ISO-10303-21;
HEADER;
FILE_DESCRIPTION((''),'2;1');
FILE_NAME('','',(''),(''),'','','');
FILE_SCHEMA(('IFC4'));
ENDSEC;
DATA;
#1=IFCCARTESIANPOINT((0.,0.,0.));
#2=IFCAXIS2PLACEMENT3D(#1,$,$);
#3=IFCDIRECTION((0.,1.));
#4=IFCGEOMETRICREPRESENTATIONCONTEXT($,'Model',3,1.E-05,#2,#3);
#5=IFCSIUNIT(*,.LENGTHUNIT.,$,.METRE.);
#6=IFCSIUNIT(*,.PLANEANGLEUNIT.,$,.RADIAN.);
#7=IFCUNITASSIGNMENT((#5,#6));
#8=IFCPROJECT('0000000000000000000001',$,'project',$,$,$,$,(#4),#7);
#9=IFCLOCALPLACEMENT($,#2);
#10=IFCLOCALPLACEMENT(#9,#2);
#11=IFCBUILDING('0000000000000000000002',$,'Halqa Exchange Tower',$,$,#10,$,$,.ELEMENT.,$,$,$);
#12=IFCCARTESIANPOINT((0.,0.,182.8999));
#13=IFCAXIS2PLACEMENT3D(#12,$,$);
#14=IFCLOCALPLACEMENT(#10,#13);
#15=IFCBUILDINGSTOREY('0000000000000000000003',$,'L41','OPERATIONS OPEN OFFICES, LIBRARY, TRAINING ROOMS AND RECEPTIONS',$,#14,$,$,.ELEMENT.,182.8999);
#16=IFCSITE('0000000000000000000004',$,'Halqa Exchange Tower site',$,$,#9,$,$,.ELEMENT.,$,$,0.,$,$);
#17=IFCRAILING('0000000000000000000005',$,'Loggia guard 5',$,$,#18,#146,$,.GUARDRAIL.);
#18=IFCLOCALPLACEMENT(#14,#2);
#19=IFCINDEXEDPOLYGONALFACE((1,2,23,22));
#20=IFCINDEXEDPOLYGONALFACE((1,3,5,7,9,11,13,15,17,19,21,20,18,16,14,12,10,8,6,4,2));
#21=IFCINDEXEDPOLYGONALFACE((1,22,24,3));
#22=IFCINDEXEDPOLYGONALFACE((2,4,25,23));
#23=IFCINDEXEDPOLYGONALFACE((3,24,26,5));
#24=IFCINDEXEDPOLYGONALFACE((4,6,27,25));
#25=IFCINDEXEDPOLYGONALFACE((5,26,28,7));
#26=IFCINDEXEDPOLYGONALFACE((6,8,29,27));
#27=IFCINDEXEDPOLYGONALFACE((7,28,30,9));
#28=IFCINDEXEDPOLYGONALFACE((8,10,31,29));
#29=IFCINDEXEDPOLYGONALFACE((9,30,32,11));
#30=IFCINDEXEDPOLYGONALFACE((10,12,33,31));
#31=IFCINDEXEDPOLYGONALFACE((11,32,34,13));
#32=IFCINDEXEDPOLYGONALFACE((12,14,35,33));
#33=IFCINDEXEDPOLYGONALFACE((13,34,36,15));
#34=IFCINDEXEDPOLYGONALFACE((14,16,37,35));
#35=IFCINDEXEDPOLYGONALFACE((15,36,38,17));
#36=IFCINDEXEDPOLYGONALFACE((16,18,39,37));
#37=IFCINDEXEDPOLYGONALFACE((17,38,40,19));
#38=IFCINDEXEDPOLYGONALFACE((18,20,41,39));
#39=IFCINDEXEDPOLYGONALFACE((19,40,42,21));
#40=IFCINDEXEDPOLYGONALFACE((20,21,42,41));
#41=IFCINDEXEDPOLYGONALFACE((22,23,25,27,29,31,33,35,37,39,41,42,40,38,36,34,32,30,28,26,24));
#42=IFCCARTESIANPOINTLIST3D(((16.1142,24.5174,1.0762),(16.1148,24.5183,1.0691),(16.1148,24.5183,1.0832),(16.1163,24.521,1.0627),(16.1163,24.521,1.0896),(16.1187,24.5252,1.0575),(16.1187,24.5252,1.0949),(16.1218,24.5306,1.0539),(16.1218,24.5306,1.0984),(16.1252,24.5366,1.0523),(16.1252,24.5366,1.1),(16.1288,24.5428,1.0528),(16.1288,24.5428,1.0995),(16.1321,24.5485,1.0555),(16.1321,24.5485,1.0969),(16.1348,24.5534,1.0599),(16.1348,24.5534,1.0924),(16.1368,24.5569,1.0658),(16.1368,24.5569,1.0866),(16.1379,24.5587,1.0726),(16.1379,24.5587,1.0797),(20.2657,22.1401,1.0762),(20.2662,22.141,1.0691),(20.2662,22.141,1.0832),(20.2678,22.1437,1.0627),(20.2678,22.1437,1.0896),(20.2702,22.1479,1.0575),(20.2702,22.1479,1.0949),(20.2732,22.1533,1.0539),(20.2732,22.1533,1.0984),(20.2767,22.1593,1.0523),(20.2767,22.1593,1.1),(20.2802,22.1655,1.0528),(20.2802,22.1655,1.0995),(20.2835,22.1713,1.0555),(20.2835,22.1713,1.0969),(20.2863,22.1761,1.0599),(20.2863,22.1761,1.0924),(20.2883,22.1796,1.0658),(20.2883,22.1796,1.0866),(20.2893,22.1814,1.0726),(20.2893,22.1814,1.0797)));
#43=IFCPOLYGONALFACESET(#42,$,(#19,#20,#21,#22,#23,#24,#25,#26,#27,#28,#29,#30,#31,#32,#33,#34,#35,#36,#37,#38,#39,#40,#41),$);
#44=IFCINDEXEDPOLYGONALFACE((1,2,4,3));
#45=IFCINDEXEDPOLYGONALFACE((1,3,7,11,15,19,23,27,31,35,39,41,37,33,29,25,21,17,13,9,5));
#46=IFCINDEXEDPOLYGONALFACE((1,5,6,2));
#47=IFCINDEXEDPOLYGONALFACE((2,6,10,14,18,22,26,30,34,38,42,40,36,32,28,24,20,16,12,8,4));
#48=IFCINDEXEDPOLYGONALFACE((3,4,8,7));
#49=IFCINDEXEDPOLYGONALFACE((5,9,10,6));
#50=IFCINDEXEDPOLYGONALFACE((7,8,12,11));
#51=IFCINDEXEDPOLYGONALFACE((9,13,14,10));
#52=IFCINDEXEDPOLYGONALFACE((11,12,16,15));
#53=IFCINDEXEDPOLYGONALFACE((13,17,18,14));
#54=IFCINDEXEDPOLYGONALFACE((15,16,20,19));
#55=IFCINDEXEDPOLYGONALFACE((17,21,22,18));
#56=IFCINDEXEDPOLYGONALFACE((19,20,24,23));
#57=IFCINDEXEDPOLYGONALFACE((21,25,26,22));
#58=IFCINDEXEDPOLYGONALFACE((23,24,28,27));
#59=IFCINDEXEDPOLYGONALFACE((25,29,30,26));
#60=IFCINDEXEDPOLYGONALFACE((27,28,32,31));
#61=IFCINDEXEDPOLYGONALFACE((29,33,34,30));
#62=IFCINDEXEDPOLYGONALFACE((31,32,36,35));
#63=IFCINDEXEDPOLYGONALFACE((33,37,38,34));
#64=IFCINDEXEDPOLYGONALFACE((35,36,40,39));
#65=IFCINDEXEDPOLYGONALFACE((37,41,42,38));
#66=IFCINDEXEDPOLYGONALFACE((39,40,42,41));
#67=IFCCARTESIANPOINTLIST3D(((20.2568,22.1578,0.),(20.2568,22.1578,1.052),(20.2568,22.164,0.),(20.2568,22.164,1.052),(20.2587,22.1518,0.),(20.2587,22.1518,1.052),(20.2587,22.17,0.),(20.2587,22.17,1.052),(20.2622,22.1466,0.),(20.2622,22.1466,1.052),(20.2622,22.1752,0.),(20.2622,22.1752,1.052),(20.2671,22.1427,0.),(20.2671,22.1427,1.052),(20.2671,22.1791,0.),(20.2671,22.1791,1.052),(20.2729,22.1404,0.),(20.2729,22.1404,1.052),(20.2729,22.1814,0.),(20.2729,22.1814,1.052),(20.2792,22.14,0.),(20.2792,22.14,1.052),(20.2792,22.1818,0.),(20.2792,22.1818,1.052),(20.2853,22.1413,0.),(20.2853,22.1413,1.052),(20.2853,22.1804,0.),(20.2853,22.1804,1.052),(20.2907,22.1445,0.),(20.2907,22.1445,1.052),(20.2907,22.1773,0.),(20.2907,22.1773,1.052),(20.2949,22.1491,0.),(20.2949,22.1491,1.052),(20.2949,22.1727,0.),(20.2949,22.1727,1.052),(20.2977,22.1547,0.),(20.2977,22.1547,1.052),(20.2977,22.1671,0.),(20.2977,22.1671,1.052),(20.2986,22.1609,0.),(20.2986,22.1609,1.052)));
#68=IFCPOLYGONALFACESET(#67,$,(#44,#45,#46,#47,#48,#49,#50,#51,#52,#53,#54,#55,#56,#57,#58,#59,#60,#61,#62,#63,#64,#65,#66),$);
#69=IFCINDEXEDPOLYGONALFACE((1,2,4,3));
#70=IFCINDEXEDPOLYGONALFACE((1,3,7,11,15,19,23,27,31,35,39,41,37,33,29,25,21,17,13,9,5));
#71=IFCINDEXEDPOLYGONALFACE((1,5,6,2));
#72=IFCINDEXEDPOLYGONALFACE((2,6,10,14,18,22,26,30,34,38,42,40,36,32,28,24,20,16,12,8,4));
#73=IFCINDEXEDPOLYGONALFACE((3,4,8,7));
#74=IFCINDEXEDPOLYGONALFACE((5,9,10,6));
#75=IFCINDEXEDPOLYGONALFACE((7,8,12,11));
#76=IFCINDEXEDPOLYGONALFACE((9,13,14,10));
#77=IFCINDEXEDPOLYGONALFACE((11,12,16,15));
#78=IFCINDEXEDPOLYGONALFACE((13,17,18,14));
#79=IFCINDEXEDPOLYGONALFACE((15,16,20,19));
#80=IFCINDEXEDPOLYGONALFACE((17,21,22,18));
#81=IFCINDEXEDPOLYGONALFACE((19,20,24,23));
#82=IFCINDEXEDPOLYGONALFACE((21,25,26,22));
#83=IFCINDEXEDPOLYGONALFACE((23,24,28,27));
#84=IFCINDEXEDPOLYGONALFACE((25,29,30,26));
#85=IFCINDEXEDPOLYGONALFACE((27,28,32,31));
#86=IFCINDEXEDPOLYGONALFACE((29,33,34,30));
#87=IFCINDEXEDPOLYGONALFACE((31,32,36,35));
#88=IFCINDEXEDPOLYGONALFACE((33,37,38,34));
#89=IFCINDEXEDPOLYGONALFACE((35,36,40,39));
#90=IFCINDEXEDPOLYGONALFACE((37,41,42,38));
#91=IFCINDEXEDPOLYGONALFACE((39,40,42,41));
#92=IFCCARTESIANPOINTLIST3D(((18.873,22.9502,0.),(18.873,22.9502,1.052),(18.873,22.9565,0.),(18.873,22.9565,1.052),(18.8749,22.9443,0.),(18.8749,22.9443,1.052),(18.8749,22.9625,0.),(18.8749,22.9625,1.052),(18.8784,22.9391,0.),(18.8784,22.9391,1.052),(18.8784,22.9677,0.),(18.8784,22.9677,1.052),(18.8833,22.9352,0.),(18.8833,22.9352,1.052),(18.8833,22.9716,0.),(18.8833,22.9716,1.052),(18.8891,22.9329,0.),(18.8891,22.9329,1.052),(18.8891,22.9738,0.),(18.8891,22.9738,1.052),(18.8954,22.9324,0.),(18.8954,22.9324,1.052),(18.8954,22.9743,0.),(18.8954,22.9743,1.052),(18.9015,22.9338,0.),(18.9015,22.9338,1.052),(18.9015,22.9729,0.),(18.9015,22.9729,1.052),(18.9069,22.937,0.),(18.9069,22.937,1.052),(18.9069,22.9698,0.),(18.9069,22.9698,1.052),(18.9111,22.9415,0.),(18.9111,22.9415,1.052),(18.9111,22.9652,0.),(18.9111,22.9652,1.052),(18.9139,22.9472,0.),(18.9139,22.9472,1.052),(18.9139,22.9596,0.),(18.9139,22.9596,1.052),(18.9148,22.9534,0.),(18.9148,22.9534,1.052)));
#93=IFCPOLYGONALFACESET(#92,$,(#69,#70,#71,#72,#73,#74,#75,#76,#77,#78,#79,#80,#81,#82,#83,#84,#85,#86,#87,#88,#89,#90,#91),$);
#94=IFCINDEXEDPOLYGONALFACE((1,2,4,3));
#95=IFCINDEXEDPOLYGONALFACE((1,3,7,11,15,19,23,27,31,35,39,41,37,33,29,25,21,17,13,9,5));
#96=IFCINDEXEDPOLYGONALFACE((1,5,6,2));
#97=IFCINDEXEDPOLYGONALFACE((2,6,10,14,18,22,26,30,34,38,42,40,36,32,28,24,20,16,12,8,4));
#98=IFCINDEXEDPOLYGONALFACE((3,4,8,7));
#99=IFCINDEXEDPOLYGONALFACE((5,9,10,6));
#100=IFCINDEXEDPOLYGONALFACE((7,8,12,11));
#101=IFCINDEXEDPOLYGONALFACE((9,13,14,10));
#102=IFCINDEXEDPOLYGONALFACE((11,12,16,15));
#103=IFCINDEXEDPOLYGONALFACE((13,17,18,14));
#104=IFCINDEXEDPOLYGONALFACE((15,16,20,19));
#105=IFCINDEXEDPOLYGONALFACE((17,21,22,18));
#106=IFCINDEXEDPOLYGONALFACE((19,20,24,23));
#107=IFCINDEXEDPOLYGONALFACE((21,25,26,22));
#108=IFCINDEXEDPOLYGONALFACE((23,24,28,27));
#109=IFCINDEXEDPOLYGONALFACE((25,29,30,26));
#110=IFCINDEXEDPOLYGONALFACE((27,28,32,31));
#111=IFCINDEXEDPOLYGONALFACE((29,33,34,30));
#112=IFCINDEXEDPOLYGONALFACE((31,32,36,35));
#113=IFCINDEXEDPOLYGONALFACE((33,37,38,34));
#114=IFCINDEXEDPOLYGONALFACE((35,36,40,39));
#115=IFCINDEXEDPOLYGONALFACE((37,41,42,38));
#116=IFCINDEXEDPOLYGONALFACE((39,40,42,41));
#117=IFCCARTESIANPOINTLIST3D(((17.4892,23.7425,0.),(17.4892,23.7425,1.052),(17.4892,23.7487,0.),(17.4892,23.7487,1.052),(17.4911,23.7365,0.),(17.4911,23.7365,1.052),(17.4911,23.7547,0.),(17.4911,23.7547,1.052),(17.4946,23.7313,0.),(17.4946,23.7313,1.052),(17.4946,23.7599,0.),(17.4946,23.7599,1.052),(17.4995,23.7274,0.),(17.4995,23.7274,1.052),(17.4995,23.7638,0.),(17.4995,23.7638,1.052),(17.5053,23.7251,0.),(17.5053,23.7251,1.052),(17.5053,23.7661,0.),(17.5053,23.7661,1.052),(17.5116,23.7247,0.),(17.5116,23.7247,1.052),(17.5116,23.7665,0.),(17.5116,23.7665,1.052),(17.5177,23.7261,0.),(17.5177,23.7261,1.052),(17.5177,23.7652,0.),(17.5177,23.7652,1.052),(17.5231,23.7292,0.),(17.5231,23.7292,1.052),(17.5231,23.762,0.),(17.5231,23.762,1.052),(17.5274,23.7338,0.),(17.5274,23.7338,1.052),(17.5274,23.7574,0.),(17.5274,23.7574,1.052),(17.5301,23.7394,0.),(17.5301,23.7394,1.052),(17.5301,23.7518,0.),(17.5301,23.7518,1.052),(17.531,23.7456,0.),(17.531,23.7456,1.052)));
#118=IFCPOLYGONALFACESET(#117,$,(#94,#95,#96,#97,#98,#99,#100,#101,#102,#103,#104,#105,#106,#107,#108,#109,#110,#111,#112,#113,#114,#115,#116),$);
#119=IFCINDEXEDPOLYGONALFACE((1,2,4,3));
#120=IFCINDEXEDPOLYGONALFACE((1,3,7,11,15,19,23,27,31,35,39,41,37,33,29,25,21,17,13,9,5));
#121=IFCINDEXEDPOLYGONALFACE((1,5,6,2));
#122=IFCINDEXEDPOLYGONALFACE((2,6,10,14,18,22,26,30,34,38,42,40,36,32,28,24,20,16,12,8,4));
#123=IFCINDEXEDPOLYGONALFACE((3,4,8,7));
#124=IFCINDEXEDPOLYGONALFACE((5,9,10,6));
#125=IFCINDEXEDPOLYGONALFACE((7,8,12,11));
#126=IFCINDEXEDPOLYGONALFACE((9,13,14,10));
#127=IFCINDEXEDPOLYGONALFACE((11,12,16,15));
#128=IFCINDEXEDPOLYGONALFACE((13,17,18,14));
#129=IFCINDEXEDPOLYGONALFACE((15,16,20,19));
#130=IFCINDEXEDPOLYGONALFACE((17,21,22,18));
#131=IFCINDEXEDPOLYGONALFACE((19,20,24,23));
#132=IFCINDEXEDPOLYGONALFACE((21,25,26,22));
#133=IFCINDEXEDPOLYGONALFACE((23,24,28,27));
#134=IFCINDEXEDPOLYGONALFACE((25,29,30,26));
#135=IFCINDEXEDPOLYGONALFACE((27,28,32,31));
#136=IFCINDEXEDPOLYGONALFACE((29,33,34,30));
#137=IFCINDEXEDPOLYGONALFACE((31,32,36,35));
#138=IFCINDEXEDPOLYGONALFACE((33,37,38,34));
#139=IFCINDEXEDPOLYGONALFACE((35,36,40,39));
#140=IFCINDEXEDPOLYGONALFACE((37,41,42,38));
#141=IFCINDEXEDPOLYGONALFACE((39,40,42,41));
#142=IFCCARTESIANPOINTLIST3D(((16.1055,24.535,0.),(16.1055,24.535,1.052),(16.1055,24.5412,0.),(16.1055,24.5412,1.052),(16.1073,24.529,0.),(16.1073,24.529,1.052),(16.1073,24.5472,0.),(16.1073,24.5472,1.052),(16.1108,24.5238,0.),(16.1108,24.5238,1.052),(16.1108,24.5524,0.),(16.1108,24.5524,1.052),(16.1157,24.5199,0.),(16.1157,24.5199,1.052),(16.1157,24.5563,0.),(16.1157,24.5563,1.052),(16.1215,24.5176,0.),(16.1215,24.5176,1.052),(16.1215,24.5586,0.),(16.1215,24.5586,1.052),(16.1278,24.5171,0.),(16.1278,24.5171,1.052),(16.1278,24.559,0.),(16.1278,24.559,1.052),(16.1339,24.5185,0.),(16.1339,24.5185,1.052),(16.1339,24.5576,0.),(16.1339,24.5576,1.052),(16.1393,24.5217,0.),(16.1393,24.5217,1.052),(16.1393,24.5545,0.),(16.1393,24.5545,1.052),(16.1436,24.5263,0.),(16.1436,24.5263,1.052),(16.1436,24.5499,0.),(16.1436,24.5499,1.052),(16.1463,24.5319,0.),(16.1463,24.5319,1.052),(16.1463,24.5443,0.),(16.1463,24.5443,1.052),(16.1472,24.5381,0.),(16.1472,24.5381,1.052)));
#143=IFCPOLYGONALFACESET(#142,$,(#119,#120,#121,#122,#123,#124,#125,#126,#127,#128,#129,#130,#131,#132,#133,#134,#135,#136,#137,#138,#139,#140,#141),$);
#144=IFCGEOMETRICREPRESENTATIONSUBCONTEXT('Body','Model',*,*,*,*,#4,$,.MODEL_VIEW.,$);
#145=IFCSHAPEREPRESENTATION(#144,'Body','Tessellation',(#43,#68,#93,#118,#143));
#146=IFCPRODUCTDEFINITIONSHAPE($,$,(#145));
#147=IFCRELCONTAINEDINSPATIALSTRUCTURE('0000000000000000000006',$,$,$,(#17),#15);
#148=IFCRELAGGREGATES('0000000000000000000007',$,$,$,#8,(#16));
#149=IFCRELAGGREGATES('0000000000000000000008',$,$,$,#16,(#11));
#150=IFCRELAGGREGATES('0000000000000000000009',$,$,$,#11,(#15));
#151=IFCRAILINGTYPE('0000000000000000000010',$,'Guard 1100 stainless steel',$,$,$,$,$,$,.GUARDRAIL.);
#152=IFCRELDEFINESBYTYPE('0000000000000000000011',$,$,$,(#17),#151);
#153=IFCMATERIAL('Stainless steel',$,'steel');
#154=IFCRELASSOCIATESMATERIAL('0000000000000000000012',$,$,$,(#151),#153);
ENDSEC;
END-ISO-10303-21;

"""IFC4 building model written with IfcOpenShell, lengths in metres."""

from ifc_helpers import new_model, si_unit, direction, frame, origin, origin_2d, place, context, subcontext, project, spatial, circle, extrude, material, type_object, element, save


model = new_model("IFC4")

# Units and contexts
model_context = context("Model", 3, precision=1e-05, world=origin(), true_north=direction((0.0, 1.0)))
body_context = subcontext(model_context, "Body", "Model", "MODEL_VIEW")
ifc_project = project(units=[si_unit("LENGTHUNIT", "METRE"), si_unit("PLANEANGLEUNIT", "RADIAN")], contexts=[model_context])

# Site, building, storey
site_placement = place(None, origin())
site = spatial("IfcSite", under=ifc_project, at=site_placement, Name="Halqa Exchange Tower site", CompositionType="ELEMENT", RefElevation=0.0)
building_placement = place(site_placement, origin())
building = spatial("IfcBuilding", under=site, at=building_placement, Name="Halqa Exchange Tower", CompositionType="ELEMENT")
storey_placement = place(building_placement, frame((0.0, 0.0, 182.8999)))
storey = spatial("IfcBuildingStorey", under=building, at=storey_placement, Name="L41", Description="OPERATIONS OPEN OFFICES, LIBRARY, TRAINING ROOMS AND RECEPTIONS", CompositionType="ELEMENT", Elevation=182.8999)

# Railing
ifc_material_1 = material(Name="Stainless steel", Category="steel")
railing_type = type_object("IfcRailingType", Name="Guard 1100 stainless steel", PredefinedType="GUARDRAIL", material=ifc_material_1)
railing_1_placement = place(storey_placement, frame((20.2776, 22.1609, 0.0)))
element("IfcRailing", 1, at=railing_1_placement, inside=storey, type_object=railing_type, Name="Loggia guard 5", PredefinedType="GUARDRAIL", context=body_context, shape_type="SweptSolid", body=[
    extrude(circle(Radius=0.0239, at=origin_2d()), frame((0.0, 0.0, 1.0762), z_axis=(-0.867794, 0.496925, 0.0), x_axis=(-0.496925, -0.867794, 0.0)), (0.0, 0.0, 1.0), 4.7839),
    extrude(circle(Radius=0.021, at=origin_2d()), origin(), (0.0, 0.0, 1.0), 1.052),
    extrude(circle(Radius=0.021, at=origin_2d()), frame((-1.3838, 0.7925, 0.0)), (0.0, 0.0, 1.0), 1.052),
    extrude(circle(Radius=0.021, at=origin_2d()), frame((-2.7676, 1.5847, 0.0)), (0.0, 0.0, 1.0), 1.052),
    extrude(circle(Radius=0.021, at=origin_2d()), frame((-4.1514, 2.3772, 0.0)), (0.0, 0.0, 1.0), 1.052),
])

save(model, "model.ifc")
